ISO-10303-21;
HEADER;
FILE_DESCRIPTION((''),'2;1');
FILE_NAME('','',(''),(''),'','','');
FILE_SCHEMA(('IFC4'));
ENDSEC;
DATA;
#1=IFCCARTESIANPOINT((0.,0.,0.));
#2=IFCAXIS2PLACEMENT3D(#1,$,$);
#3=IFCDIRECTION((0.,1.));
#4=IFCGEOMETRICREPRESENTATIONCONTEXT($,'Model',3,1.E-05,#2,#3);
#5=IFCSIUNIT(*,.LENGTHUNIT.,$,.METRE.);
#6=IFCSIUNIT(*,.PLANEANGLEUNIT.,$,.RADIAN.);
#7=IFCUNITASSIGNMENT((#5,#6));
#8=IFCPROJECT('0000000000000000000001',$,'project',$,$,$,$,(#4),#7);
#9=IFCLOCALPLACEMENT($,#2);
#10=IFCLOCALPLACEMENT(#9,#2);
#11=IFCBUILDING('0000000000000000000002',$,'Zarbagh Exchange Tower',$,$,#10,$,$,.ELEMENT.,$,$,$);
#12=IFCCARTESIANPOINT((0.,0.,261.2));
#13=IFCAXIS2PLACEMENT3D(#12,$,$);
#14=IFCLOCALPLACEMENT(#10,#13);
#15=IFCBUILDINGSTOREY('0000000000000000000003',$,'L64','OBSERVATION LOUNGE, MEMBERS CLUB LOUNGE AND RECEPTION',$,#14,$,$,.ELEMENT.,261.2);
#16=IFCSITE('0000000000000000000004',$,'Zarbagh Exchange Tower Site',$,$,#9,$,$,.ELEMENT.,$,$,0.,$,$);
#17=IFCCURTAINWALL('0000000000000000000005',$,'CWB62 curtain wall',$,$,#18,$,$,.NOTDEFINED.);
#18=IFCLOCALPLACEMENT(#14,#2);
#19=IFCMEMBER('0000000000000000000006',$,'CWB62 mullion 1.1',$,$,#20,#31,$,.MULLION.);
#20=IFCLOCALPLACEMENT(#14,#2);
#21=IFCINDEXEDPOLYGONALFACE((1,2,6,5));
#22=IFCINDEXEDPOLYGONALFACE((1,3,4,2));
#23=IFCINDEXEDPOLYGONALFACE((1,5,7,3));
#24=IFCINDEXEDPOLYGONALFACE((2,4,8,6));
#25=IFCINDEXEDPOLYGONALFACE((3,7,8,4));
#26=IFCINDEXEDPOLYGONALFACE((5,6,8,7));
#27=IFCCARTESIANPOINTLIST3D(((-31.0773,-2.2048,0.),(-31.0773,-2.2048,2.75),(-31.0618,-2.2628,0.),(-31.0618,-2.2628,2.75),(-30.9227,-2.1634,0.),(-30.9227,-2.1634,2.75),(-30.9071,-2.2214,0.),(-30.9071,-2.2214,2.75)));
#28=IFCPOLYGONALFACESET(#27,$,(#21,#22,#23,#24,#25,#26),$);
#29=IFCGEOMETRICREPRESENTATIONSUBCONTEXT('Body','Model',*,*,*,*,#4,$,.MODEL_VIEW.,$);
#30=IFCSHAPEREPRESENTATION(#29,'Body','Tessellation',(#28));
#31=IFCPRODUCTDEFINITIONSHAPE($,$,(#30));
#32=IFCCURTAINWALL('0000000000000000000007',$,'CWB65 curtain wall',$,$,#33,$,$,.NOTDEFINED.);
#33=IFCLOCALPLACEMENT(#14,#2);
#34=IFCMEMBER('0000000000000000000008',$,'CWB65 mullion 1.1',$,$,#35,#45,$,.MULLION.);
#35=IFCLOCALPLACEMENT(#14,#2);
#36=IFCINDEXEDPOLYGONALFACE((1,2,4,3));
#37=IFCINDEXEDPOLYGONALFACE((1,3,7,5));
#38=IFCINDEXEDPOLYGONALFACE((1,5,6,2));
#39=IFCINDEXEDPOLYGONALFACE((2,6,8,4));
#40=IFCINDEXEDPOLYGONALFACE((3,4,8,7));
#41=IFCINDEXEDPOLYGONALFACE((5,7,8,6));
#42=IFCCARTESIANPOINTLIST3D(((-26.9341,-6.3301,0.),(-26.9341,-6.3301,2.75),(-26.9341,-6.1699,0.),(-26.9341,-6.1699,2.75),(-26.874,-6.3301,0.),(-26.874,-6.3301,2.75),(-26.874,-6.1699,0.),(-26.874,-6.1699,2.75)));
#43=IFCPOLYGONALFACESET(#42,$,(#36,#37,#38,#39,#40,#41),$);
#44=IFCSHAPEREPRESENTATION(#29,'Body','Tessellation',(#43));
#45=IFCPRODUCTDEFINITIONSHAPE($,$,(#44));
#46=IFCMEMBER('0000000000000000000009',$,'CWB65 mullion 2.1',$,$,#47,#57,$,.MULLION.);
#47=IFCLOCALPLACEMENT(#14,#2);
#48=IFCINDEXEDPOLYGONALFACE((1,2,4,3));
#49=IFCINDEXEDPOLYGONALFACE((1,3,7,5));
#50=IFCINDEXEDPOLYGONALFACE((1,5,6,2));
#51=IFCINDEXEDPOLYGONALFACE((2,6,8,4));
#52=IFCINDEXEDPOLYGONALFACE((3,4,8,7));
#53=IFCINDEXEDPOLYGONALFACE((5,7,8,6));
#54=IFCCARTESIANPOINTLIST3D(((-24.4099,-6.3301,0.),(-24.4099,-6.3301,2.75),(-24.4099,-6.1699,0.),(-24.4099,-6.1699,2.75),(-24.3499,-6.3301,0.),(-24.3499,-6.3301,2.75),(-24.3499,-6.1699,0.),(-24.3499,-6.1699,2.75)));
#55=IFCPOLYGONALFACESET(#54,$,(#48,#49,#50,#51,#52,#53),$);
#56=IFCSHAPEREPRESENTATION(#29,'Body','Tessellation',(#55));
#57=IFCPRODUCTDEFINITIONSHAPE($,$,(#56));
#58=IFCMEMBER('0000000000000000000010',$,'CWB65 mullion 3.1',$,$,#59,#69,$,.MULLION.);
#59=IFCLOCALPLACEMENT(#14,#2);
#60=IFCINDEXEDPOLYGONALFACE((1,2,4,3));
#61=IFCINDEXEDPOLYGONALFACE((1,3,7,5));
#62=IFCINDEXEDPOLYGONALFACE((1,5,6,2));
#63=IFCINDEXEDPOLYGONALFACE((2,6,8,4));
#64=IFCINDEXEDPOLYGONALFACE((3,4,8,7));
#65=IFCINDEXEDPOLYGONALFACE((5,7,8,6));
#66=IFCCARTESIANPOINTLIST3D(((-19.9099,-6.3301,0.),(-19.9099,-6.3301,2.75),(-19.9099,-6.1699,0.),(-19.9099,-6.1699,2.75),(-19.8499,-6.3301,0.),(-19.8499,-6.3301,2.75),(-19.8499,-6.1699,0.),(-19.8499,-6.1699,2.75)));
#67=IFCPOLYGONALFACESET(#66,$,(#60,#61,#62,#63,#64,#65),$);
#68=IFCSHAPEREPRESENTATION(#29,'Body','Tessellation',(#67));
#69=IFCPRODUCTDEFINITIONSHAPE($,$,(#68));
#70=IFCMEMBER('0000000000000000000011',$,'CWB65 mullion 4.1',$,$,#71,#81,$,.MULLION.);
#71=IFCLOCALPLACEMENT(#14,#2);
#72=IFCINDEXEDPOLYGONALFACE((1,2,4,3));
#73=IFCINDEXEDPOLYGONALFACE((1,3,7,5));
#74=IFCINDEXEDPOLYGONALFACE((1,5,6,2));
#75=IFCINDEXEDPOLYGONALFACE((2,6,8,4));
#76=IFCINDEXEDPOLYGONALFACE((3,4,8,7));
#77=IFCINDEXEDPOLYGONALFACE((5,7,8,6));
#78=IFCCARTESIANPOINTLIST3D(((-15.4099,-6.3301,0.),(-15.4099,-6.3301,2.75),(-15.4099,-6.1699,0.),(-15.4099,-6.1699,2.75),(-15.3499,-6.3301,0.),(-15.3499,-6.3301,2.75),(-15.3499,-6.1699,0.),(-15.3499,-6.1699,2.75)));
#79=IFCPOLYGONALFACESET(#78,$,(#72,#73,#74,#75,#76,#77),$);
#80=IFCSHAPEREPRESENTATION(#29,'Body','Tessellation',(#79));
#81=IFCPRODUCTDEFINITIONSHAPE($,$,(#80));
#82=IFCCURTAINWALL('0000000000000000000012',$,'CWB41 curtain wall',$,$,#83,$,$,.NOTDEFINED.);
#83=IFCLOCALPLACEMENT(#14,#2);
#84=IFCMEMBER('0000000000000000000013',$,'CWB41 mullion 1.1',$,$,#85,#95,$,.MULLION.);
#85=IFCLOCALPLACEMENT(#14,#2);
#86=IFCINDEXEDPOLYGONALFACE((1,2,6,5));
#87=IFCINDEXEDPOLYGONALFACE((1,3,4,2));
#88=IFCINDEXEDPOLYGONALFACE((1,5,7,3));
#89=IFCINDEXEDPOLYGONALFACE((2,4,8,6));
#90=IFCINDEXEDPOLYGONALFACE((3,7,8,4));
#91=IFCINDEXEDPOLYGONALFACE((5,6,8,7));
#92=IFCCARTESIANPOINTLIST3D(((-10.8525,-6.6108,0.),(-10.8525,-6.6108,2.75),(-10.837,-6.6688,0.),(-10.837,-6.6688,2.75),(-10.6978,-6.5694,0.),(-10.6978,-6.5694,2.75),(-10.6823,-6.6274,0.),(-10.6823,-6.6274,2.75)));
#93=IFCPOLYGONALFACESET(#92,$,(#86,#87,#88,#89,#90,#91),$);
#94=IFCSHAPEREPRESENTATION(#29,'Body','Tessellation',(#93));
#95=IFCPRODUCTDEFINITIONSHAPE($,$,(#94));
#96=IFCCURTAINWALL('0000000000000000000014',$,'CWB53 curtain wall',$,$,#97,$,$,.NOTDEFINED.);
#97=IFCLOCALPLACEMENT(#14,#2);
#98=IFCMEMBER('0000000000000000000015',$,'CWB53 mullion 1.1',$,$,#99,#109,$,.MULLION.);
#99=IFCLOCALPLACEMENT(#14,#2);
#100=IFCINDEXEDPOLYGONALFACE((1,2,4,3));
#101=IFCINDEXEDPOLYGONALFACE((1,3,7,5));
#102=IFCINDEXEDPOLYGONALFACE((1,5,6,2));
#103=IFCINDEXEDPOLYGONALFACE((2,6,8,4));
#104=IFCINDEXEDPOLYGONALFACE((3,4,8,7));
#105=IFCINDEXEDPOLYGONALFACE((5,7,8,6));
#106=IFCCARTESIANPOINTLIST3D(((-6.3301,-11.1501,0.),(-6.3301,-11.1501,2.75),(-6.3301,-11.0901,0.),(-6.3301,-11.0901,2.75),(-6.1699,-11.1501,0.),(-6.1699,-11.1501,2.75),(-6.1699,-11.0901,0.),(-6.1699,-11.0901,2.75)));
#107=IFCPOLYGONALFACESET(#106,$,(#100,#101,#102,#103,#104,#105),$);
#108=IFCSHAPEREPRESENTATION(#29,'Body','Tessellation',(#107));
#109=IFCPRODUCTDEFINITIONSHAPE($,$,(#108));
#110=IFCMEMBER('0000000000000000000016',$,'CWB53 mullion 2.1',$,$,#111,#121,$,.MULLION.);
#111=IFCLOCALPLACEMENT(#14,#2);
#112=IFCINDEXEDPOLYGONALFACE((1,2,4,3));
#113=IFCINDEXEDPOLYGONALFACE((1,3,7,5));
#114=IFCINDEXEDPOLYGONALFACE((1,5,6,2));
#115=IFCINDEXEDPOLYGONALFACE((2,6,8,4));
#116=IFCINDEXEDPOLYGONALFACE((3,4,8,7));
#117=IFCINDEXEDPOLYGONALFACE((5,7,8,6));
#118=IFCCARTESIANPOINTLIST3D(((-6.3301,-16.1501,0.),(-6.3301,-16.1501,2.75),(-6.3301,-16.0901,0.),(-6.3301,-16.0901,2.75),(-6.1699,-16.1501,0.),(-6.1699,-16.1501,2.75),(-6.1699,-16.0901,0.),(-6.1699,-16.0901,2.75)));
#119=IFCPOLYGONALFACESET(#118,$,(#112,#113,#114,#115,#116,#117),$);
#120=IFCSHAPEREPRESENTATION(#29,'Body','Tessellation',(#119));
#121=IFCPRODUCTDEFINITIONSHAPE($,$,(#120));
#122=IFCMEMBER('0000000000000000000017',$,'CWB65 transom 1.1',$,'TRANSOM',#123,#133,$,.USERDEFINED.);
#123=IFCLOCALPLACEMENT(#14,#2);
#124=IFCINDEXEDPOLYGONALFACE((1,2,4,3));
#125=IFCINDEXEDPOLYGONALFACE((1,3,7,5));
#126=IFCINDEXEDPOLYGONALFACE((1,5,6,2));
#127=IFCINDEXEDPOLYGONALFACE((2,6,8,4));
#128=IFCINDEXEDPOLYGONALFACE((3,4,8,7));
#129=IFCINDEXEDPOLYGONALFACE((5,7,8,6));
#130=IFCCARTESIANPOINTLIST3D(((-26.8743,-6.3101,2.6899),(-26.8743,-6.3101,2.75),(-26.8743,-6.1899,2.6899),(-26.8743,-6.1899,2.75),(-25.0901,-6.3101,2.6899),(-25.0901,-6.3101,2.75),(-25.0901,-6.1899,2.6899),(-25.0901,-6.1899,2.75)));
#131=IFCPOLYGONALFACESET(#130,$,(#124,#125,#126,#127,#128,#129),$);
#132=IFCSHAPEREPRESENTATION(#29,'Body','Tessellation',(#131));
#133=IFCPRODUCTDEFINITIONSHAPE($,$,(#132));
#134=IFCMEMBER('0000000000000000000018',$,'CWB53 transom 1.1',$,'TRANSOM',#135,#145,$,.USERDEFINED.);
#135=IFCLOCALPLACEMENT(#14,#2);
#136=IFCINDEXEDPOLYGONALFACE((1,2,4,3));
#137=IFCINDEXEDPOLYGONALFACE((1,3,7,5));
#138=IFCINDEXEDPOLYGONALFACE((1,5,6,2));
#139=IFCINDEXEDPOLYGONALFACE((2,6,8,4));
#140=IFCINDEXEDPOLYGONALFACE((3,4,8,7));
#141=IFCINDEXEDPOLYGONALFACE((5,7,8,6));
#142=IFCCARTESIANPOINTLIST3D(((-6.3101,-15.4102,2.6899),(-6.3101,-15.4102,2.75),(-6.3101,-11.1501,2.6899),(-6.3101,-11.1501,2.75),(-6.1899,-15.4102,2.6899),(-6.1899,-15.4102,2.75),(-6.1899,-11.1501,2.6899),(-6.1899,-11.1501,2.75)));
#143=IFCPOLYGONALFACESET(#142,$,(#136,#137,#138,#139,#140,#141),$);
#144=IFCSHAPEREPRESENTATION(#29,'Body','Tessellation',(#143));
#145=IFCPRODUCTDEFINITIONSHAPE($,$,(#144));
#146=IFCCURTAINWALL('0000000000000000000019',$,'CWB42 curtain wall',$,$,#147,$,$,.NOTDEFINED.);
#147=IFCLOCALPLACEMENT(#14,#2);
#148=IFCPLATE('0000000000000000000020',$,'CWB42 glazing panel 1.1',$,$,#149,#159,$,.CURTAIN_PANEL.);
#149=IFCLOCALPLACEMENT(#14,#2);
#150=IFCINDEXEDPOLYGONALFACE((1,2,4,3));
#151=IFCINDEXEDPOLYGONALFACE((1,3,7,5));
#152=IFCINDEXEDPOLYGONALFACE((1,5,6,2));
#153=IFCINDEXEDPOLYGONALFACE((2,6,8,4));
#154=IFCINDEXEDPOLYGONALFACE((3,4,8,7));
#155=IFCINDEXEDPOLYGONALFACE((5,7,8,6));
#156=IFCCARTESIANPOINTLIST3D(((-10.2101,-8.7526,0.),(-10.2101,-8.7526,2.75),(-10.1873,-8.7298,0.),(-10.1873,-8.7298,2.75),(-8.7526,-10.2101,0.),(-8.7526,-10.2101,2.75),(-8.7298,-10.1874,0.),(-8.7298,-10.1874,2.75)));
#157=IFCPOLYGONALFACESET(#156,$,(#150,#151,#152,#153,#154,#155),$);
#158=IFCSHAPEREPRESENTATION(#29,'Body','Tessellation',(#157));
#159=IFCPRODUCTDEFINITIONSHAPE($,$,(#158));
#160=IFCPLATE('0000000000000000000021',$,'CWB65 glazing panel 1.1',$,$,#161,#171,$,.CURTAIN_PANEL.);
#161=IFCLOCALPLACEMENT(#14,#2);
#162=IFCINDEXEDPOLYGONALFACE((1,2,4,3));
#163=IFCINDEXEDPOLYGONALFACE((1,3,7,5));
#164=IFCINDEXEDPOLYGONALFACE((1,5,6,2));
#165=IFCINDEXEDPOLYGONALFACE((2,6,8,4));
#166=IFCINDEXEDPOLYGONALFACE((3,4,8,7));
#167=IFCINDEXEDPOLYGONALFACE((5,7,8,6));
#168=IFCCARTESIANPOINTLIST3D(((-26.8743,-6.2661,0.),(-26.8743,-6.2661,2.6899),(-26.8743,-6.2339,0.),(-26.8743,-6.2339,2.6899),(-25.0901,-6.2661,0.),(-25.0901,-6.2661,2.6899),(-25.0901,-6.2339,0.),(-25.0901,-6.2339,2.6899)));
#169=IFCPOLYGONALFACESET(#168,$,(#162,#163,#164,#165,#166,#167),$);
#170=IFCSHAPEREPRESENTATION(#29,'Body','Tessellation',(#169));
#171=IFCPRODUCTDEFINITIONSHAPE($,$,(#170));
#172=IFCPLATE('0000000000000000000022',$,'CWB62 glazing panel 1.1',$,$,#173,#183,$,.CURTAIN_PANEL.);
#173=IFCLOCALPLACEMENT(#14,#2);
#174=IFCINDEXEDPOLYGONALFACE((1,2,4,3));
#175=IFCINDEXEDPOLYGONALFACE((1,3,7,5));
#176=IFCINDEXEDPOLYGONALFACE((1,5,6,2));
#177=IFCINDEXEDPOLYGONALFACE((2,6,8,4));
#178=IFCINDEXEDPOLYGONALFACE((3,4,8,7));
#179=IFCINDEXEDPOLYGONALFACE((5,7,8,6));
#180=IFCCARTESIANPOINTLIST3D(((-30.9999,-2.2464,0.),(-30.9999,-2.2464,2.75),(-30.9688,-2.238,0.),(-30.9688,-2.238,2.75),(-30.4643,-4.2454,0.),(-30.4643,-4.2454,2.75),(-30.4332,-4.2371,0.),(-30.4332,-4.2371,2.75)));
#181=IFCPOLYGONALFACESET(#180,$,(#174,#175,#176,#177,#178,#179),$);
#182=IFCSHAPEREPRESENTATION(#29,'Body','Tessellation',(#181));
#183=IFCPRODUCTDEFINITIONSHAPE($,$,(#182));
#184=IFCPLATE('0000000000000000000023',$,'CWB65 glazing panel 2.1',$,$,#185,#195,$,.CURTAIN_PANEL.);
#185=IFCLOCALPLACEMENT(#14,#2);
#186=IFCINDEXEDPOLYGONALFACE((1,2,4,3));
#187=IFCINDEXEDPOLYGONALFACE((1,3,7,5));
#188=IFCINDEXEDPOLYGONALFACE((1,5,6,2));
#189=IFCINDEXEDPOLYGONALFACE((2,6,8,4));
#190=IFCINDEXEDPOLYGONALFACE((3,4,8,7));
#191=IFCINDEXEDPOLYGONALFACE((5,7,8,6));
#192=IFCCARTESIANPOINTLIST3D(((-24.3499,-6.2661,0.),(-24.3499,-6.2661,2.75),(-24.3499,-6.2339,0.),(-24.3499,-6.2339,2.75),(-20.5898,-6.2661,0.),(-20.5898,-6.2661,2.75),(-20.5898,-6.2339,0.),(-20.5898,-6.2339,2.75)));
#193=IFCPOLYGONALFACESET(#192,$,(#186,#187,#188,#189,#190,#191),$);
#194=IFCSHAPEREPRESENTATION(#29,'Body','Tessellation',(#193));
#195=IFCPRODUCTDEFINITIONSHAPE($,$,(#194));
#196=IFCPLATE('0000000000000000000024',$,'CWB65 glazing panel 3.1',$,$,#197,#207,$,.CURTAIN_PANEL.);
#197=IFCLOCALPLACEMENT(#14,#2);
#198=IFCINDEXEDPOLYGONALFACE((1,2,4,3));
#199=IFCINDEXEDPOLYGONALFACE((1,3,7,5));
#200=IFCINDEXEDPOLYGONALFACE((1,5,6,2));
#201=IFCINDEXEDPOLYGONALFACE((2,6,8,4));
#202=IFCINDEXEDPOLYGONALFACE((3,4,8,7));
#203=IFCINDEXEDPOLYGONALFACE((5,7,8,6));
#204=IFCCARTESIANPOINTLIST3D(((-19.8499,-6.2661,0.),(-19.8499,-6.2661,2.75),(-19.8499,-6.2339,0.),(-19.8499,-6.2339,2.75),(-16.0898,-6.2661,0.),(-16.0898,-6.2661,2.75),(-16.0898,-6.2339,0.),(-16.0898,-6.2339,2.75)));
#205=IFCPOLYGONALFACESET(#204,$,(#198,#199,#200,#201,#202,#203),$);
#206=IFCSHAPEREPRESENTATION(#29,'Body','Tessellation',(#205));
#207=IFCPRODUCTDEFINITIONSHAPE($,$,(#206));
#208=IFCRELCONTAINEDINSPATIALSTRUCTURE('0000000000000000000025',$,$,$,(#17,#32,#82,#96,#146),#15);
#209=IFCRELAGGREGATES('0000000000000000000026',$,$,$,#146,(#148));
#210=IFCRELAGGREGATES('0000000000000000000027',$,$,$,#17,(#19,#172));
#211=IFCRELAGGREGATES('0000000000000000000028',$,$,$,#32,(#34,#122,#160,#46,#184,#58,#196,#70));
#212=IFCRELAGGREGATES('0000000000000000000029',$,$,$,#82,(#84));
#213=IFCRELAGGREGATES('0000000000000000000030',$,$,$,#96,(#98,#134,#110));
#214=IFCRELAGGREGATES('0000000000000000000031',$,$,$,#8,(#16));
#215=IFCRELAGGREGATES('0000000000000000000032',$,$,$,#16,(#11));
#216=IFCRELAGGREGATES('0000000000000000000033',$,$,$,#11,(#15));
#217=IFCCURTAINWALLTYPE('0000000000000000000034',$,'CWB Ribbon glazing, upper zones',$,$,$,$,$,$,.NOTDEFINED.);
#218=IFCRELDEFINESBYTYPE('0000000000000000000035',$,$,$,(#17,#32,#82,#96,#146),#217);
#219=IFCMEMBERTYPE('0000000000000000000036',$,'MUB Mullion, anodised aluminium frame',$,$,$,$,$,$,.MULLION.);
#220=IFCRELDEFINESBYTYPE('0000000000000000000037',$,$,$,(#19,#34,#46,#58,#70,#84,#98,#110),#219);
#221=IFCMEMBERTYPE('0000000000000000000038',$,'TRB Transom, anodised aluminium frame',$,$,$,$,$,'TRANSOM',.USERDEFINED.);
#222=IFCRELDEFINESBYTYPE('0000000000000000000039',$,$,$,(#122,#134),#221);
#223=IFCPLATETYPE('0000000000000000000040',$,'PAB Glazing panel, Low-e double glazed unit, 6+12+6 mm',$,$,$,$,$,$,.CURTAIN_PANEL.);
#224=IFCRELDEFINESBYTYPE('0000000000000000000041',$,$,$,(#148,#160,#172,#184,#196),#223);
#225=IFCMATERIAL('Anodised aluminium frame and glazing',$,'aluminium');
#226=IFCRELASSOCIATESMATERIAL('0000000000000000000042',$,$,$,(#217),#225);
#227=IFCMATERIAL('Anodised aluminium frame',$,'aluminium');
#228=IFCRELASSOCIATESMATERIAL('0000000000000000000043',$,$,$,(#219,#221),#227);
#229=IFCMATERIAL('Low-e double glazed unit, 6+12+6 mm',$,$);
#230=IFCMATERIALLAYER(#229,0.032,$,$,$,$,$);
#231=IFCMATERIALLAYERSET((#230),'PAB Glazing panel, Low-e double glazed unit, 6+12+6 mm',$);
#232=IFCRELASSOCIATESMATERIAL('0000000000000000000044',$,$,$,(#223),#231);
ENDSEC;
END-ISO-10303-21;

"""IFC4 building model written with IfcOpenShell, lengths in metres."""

from ifc_helpers import new_model, si_unit, direction, frame, origin, place, context, subcontext, project, spatial, polyline, outline, extrude, source, transform, mapped, material, layer, layer_set, type_object, element, aggregate, save


model = new_model("IFC4")

# Units and contexts
model_context = context("Model", 3, precision=1e-05, world=origin(), true_north=direction((0.0, 1.0)))
body_context = subcontext(model_context, "Body", "Model", "MODEL_VIEW")
ifc_project = project(units=[si_unit("LENGTHUNIT", "METRE"), si_unit("PLANEANGLEUNIT", "RADIAN")], contexts=[model_context])

# Site, building, storey
site_placement = place(None, origin())
site = spatial("IfcSite", under=ifc_project, at=site_placement, Name="Zarbagh Exchange Tower Site", CompositionType="ELEMENT", RefElevation=0.0)
building_placement = place(site_placement, origin())
building = spatial("IfcBuilding", under=site, at=building_placement, Name="Zarbagh Exchange Tower", CompositionType="ELEMENT")
storey_placement = place(building_placement, frame((0.0, 0.0, 261.2)))
storey = spatial("IfcBuildingStorey", under=building, at=storey_placement, Name="L64", Description="OBSERVATION LOUNGE, MEMBERS CLUB LOUNGE AND RECEPTION", CompositionType="ELEMENT", Elevation=261.2)

# Curtain wall, member
ifc_material_1 = material(Name="Anodised aluminium frame and glazing", Category="aluminium")
curtain_wall_type = type_object("IfcCurtainWallType", Name="CWB Ribbon glazing, upper zones", PredefinedType="NOTDEFINED", material=ifc_material_1)
curtain_wall_1_placement = place(storey_placement, origin())
curtain_wall_1 = element("IfcCurtainWall", 1, at=curtain_wall_1_placement, inside=storey, type_object=curtain_wall_type, Name="CWB62 curtain wall", PredefinedType="NOTDEFINED")
ifc_material_2 = material(Name="Anodised aluminium frame", Category="aluminium")
member_type_1 = type_object("IfcMemberType", Name="MUB Mullion, anodised aluminium frame", PredefinedType="MULLION", material=ifc_material_2)
shared_shape_1 = source(origin(), body_context, "Body", "SweptSolid", [
    extrude(outline(polyline([(0.0, -0.0801), (0.0601, -0.0801), (0.0601, 0.0801), (0.0, 0.0801), (0.0, -0.0801)])), origin(), (0.0, 0.0, 1.0), 2.75),
])
placement = place(storey_placement, origin())
member_1 = element("IfcMember", 2, at=placement, type_object=member_type_1, Name="CWB62 mullion 1.1", PredefinedType="MULLION", context=body_context, shape_type="MappedRepresentation", body=[
    mapped(shared_shape_1, transform((-31.0, -2.1841, 0.0), x_axis=(0.258825, -0.965924, 0.0), y_axis=(0.965924, 0.258825, 0.0), z_axis=(0.0, 0.0, 1.0))),
])

# Curtain wall, members
curtain_wall_2_placement = place(storey_placement, origin())
curtain_wall_2 = element("IfcCurtainWall", 3, at=curtain_wall_2_placement, inside=storey, type_object=curtain_wall_type, Name="CWB65 curtain wall", PredefinedType="NOTDEFINED")
member_2 = element("IfcMember", 4, at=placement, type_object=member_type_1, Name="CWB65 mullion 1.1", PredefinedType="MULLION", context=body_context, shape_type="MappedRepresentation", body=[
    mapped(shared_shape_1, transform((-26.9341, -6.25, 0.0), x_axis=(1.0, 0.0, 0.0), y_axis=(0.0, 1.0, 0.0), z_axis=(0.0, 0.0, 1.0))),
])
member_3 = element("IfcMember", 5, at=placement, type_object=member_type_1, Name="CWB65 mullion 2.1", PredefinedType="MULLION", context=body_context, shape_type="MappedRepresentation", body=[
    mapped(shared_shape_1, transform((-24.4099, -6.25, 0.0), x_axis=(1.0, 0.0, 0.0), y_axis=(0.0, 1.0, 0.0), z_axis=(0.0, 0.0, 1.0))),
])
member_4 = element("IfcMember", 6, at=placement, type_object=member_type_1, Name="CWB65 mullion 3.1", PredefinedType="MULLION", context=body_context, shape_type="MappedRepresentation", body=[
    mapped(shared_shape_1, transform((-19.9099, -6.25, 0.0), x_axis=(1.0, 0.0, 0.0), y_axis=(0.0, 1.0, 0.0), z_axis=(0.0, 0.0, 1.0))),
])
member_5 = element("IfcMember", 7, at=placement, type_object=member_type_1, Name="CWB65 mullion 4.1", PredefinedType="MULLION", context=body_context, shape_type="MappedRepresentation", body=[
    mapped(shared_shape_1, transform((-15.4099, -6.25, 0.0), x_axis=(1.0, 0.0, 0.0), y_axis=(0.0, 1.0, 0.0), z_axis=(0.0, 0.0, 1.0))),
])

# Curtain wall, member
curtain_wall_3_placement = place(storey_placement, origin())
curtain_wall_3 = element("IfcCurtainWall", 8, at=curtain_wall_3_placement, inside=storey, type_object=curtain_wall_type, Name="CWB41 curtain wall", PredefinedType="NOTDEFINED")
member_6 = element("IfcMember", 9, at=placement, type_object=member_type_1, Name="CWB41 mullion 1.1", PredefinedType="MULLION", context=body_context, shape_type="MappedRepresentation", body=[
    mapped(shared_shape_1, transform((-10.7751, -6.5901, 0.0), x_axis=(0.258825, -0.965924, 0.0), y_axis=(0.965924, 0.258825, 0.0), z_axis=(0.0, 0.0, 1.0))),
])

# Curtain wall, members
curtain_wall_4_placement = place(storey_placement, origin())
curtain_wall_4 = element("IfcCurtainWall", 10, at=curtain_wall_4_placement, inside=storey, type_object=curtain_wall_type, Name="CWB53 curtain wall", PredefinedType="NOTDEFINED")
member_7 = element("IfcMember", 11, at=placement, type_object=member_type_1, Name="CWB53 mullion 1.1", PredefinedType="MULLION", context=body_context, shape_type="MappedRepresentation", body=[
    mapped(shared_shape_1, transform((-6.25, -11.0901, 0.0), x_axis=(0.0, -1.0, 0.0), y_axis=(1.0, 0.0, 0.0), z_axis=(0.0, 0.0, 1.0))),
])
member_8 = element("IfcMember", 12, at=placement, type_object=member_type_1, Name="CWB53 mullion 2.1", PredefinedType="MULLION", context=body_context, shape_type="MappedRepresentation", body=[
    mapped(shared_shape_1, transform((-6.25, -16.0901, 0.0), x_axis=(0.0, -1.0, 0.0), y_axis=(1.0, 0.0, 0.0), z_axis=(0.0, 0.0, 1.0))),
])

# Members
member_type_2 = type_object("IfcMemberType", Name="TRB Transom, anodised aluminium frame", ElementType="TRANSOM", PredefinedType="USERDEFINED", material=ifc_material_2)
shared_shape_2 = source(origin(), body_context, "Body", "SweptSolid", [
    extrude(outline(polyline([(-0.0601, -0.0601), (0.0, -0.0601), (0.0, 0.0601), (-0.0601, 0.0601), (-0.0601, -0.0601)])), origin(), (0.0, 0.0, 1.0), 1.7842),
])
member_9 = element("IfcMember", 13, at=placement, type_object=member_type_2, Name="CWB65 transom 1.1", ObjectType="TRANSOM", PredefinedType="USERDEFINED", context=body_context, shape_type="MappedRepresentation", body=[
    mapped(shared_shape_2, transform((-26.8743, -6.25, 2.75), x_axis=(0.0, 0.0, 1.0), y_axis=(0.0, -1.0, 0.0), z_axis=(1.0, 0.0, 0.0))),
])
shared_shape_3 = source(origin(), body_context, "Body", "SweptSolid", [
    extrude(outline(polyline([(-0.0601, -0.0601), (0.0, -0.0601), (0.0, 0.0601), (-0.0601, 0.0601), (-0.0601, -0.0601)])), origin(), (0.0, 0.0, 1.0), 4.26),
])
member_10 = element("IfcMember", 14, at=placement, type_object=member_type_2, Name="CWB53 transom 1.1", ObjectType="TRANSOM", PredefinedType="USERDEFINED", context=body_context, shape_type="MappedRepresentation", body=[
    mapped(shared_shape_3, transform((-6.25, -11.1501, 2.75), x_axis=(0.0, 0.0, 1.0), y_axis=(-1.0, 0.0, 0.0), z_axis=(0.0, -1.0, 0.0))),
])

# Curtain wall, plate
curtain_wall_5_placement = place(storey_placement, origin())
curtain_wall_5 = element("IfcCurtainWall", 15, at=curtain_wall_5_placement, inside=storey, type_object=curtain_wall_type, Name="CWB42 curtain wall", PredefinedType="NOTDEFINED")
ifc_material_3 = material(Name="Low-e double glazed unit, 6+12+6 mm")
ifc_layer = layer(ifc_material_3, 0.032)
ifc_layer_set = layer_set([ifc_layer], Name="PAB Glazing panel, Low-e double glazed unit, 6+12+6 mm")
plate_type = type_object("IfcPlateType", Name="PAB Glazing panel, Low-e double glazed unit, 6+12+6 mm", PredefinedType="CURTAIN_PANEL", material=ifc_layer_set)
shared_shape_4 = source(origin(), body_context, "Body", "SweptSolid", [
    extrude(outline(polyline([(0.0, -0.0161), (2.0613, -0.0161), (2.0613, 0.0161), (0.0, 0.0161), (0.0, -0.0161)])), origin(), (0.0, 0.0, 1.0), 2.75),
])
plate_1 = element("IfcPlate", 16, at=placement, type_object=plate_type, Name="CWB42 glazing panel 1.1", PredefinedType="CURTAIN_PANEL", context=body_context, shape_type="MappedRepresentation", body=[
    mapped(shared_shape_4, transform((-10.1987, -8.7412, 0.0), x_axis=(0.707107, -0.707107, 0.0), y_axis=(0.707107, 0.707107, 0.0), z_axis=(0.0, 0.0, 1.0))),
])
aggregate(curtain_wall_5, [plate_1])

# Plates
shared_shape_5 = source(origin(), body_context, "Body", "SweptSolid", [
    extrude(outline(polyline([(0.0, -0.0161), (1.7842, -0.0161), (1.7842, 0.0161), (0.0, 0.0161), (0.0, -0.0161)])), origin(), (0.0, 0.0, 1.0), 2.6899),
])
plate_2 = element("IfcPlate", 17, at=placement, type_object=plate_type, Name="CWB65 glazing panel 1.1", PredefinedType="CURTAIN_PANEL", context=body_context, shape_type="MappedRepresentation", body=[
    mapped(shared_shape_5, transform((-26.8743, -6.25, 0.0), x_axis=(1.0, 0.0, 0.0), y_axis=(0.0, 1.0, 0.0), z_axis=(0.0, 0.0, 1.0))),
])
shared_shape_6 = source(origin(), body_context, "Body", "SweptSolid", [
    extrude(outline(polyline([(0.0, -0.0161), (2.0696, -0.0161), (2.0696, 0.0161), (0.0, 0.0161), (0.0, -0.0161)])), origin(), (0.0, 0.0, 1.0), 2.75),
])
plate_3 = element("IfcPlate", 18, at=placement, type_object=plate_type, Name="CWB62 glazing panel 1.1", PredefinedType="CURTAIN_PANEL", context=body_context, shape_type="MappedRepresentation", body=[
    mapped(shared_shape_6, transform((-30.9844, -2.2422, 0.0), x_axis=(0.258825, -0.965924, 0.0), y_axis=(0.965924, 0.258825, 0.0), z_axis=(0.0, 0.0, 1.0))),
])
aggregate(curtain_wall_1, [member_1, plate_3])
shared_shape_7 = source(origin(), body_context, "Body", "SweptSolid", [
    extrude(outline(polyline([(0.0, -0.0161), (3.76, -0.0161), (3.76, 0.0161), (0.0, 0.0161), (0.0, -0.0161)])), origin(), (0.0, 0.0, 1.0), 2.75),
])
plate_4 = element("IfcPlate", 19, at=placement, type_object=plate_type, Name="CWB65 glazing panel 2.1", PredefinedType="CURTAIN_PANEL", context=body_context, shape_type="MappedRepresentation", body=[
    mapped(shared_shape_7, transform((-24.3499, -6.25, 0.0), x_axis=(1.0, 0.0, 0.0), y_axis=(0.0, 1.0, 0.0), z_axis=(0.0, 0.0, 1.0))),
])
plate_5 = element("IfcPlate", 20, at=placement, type_object=plate_type, Name="CWB65 glazing panel 3.1", PredefinedType="CURTAIN_PANEL", context=body_context, shape_type="MappedRepresentation", body=[
    mapped(shared_shape_7, transform((-19.8499, -6.25, 0.0), x_axis=(1.0, 0.0, 0.0), y_axis=(0.0, 1.0, 0.0), z_axis=(0.0, 0.0, 1.0))),
])
aggregate(curtain_wall_2, [member_2, member_9, plate_2, member_3, plate_4, member_4, plate_5, member_5])
aggregate(curtain_wall_3, [member_6])

aggregate(curtain_wall_4, [member_7, member_10, member_8])

save(model, "model.ifc")
